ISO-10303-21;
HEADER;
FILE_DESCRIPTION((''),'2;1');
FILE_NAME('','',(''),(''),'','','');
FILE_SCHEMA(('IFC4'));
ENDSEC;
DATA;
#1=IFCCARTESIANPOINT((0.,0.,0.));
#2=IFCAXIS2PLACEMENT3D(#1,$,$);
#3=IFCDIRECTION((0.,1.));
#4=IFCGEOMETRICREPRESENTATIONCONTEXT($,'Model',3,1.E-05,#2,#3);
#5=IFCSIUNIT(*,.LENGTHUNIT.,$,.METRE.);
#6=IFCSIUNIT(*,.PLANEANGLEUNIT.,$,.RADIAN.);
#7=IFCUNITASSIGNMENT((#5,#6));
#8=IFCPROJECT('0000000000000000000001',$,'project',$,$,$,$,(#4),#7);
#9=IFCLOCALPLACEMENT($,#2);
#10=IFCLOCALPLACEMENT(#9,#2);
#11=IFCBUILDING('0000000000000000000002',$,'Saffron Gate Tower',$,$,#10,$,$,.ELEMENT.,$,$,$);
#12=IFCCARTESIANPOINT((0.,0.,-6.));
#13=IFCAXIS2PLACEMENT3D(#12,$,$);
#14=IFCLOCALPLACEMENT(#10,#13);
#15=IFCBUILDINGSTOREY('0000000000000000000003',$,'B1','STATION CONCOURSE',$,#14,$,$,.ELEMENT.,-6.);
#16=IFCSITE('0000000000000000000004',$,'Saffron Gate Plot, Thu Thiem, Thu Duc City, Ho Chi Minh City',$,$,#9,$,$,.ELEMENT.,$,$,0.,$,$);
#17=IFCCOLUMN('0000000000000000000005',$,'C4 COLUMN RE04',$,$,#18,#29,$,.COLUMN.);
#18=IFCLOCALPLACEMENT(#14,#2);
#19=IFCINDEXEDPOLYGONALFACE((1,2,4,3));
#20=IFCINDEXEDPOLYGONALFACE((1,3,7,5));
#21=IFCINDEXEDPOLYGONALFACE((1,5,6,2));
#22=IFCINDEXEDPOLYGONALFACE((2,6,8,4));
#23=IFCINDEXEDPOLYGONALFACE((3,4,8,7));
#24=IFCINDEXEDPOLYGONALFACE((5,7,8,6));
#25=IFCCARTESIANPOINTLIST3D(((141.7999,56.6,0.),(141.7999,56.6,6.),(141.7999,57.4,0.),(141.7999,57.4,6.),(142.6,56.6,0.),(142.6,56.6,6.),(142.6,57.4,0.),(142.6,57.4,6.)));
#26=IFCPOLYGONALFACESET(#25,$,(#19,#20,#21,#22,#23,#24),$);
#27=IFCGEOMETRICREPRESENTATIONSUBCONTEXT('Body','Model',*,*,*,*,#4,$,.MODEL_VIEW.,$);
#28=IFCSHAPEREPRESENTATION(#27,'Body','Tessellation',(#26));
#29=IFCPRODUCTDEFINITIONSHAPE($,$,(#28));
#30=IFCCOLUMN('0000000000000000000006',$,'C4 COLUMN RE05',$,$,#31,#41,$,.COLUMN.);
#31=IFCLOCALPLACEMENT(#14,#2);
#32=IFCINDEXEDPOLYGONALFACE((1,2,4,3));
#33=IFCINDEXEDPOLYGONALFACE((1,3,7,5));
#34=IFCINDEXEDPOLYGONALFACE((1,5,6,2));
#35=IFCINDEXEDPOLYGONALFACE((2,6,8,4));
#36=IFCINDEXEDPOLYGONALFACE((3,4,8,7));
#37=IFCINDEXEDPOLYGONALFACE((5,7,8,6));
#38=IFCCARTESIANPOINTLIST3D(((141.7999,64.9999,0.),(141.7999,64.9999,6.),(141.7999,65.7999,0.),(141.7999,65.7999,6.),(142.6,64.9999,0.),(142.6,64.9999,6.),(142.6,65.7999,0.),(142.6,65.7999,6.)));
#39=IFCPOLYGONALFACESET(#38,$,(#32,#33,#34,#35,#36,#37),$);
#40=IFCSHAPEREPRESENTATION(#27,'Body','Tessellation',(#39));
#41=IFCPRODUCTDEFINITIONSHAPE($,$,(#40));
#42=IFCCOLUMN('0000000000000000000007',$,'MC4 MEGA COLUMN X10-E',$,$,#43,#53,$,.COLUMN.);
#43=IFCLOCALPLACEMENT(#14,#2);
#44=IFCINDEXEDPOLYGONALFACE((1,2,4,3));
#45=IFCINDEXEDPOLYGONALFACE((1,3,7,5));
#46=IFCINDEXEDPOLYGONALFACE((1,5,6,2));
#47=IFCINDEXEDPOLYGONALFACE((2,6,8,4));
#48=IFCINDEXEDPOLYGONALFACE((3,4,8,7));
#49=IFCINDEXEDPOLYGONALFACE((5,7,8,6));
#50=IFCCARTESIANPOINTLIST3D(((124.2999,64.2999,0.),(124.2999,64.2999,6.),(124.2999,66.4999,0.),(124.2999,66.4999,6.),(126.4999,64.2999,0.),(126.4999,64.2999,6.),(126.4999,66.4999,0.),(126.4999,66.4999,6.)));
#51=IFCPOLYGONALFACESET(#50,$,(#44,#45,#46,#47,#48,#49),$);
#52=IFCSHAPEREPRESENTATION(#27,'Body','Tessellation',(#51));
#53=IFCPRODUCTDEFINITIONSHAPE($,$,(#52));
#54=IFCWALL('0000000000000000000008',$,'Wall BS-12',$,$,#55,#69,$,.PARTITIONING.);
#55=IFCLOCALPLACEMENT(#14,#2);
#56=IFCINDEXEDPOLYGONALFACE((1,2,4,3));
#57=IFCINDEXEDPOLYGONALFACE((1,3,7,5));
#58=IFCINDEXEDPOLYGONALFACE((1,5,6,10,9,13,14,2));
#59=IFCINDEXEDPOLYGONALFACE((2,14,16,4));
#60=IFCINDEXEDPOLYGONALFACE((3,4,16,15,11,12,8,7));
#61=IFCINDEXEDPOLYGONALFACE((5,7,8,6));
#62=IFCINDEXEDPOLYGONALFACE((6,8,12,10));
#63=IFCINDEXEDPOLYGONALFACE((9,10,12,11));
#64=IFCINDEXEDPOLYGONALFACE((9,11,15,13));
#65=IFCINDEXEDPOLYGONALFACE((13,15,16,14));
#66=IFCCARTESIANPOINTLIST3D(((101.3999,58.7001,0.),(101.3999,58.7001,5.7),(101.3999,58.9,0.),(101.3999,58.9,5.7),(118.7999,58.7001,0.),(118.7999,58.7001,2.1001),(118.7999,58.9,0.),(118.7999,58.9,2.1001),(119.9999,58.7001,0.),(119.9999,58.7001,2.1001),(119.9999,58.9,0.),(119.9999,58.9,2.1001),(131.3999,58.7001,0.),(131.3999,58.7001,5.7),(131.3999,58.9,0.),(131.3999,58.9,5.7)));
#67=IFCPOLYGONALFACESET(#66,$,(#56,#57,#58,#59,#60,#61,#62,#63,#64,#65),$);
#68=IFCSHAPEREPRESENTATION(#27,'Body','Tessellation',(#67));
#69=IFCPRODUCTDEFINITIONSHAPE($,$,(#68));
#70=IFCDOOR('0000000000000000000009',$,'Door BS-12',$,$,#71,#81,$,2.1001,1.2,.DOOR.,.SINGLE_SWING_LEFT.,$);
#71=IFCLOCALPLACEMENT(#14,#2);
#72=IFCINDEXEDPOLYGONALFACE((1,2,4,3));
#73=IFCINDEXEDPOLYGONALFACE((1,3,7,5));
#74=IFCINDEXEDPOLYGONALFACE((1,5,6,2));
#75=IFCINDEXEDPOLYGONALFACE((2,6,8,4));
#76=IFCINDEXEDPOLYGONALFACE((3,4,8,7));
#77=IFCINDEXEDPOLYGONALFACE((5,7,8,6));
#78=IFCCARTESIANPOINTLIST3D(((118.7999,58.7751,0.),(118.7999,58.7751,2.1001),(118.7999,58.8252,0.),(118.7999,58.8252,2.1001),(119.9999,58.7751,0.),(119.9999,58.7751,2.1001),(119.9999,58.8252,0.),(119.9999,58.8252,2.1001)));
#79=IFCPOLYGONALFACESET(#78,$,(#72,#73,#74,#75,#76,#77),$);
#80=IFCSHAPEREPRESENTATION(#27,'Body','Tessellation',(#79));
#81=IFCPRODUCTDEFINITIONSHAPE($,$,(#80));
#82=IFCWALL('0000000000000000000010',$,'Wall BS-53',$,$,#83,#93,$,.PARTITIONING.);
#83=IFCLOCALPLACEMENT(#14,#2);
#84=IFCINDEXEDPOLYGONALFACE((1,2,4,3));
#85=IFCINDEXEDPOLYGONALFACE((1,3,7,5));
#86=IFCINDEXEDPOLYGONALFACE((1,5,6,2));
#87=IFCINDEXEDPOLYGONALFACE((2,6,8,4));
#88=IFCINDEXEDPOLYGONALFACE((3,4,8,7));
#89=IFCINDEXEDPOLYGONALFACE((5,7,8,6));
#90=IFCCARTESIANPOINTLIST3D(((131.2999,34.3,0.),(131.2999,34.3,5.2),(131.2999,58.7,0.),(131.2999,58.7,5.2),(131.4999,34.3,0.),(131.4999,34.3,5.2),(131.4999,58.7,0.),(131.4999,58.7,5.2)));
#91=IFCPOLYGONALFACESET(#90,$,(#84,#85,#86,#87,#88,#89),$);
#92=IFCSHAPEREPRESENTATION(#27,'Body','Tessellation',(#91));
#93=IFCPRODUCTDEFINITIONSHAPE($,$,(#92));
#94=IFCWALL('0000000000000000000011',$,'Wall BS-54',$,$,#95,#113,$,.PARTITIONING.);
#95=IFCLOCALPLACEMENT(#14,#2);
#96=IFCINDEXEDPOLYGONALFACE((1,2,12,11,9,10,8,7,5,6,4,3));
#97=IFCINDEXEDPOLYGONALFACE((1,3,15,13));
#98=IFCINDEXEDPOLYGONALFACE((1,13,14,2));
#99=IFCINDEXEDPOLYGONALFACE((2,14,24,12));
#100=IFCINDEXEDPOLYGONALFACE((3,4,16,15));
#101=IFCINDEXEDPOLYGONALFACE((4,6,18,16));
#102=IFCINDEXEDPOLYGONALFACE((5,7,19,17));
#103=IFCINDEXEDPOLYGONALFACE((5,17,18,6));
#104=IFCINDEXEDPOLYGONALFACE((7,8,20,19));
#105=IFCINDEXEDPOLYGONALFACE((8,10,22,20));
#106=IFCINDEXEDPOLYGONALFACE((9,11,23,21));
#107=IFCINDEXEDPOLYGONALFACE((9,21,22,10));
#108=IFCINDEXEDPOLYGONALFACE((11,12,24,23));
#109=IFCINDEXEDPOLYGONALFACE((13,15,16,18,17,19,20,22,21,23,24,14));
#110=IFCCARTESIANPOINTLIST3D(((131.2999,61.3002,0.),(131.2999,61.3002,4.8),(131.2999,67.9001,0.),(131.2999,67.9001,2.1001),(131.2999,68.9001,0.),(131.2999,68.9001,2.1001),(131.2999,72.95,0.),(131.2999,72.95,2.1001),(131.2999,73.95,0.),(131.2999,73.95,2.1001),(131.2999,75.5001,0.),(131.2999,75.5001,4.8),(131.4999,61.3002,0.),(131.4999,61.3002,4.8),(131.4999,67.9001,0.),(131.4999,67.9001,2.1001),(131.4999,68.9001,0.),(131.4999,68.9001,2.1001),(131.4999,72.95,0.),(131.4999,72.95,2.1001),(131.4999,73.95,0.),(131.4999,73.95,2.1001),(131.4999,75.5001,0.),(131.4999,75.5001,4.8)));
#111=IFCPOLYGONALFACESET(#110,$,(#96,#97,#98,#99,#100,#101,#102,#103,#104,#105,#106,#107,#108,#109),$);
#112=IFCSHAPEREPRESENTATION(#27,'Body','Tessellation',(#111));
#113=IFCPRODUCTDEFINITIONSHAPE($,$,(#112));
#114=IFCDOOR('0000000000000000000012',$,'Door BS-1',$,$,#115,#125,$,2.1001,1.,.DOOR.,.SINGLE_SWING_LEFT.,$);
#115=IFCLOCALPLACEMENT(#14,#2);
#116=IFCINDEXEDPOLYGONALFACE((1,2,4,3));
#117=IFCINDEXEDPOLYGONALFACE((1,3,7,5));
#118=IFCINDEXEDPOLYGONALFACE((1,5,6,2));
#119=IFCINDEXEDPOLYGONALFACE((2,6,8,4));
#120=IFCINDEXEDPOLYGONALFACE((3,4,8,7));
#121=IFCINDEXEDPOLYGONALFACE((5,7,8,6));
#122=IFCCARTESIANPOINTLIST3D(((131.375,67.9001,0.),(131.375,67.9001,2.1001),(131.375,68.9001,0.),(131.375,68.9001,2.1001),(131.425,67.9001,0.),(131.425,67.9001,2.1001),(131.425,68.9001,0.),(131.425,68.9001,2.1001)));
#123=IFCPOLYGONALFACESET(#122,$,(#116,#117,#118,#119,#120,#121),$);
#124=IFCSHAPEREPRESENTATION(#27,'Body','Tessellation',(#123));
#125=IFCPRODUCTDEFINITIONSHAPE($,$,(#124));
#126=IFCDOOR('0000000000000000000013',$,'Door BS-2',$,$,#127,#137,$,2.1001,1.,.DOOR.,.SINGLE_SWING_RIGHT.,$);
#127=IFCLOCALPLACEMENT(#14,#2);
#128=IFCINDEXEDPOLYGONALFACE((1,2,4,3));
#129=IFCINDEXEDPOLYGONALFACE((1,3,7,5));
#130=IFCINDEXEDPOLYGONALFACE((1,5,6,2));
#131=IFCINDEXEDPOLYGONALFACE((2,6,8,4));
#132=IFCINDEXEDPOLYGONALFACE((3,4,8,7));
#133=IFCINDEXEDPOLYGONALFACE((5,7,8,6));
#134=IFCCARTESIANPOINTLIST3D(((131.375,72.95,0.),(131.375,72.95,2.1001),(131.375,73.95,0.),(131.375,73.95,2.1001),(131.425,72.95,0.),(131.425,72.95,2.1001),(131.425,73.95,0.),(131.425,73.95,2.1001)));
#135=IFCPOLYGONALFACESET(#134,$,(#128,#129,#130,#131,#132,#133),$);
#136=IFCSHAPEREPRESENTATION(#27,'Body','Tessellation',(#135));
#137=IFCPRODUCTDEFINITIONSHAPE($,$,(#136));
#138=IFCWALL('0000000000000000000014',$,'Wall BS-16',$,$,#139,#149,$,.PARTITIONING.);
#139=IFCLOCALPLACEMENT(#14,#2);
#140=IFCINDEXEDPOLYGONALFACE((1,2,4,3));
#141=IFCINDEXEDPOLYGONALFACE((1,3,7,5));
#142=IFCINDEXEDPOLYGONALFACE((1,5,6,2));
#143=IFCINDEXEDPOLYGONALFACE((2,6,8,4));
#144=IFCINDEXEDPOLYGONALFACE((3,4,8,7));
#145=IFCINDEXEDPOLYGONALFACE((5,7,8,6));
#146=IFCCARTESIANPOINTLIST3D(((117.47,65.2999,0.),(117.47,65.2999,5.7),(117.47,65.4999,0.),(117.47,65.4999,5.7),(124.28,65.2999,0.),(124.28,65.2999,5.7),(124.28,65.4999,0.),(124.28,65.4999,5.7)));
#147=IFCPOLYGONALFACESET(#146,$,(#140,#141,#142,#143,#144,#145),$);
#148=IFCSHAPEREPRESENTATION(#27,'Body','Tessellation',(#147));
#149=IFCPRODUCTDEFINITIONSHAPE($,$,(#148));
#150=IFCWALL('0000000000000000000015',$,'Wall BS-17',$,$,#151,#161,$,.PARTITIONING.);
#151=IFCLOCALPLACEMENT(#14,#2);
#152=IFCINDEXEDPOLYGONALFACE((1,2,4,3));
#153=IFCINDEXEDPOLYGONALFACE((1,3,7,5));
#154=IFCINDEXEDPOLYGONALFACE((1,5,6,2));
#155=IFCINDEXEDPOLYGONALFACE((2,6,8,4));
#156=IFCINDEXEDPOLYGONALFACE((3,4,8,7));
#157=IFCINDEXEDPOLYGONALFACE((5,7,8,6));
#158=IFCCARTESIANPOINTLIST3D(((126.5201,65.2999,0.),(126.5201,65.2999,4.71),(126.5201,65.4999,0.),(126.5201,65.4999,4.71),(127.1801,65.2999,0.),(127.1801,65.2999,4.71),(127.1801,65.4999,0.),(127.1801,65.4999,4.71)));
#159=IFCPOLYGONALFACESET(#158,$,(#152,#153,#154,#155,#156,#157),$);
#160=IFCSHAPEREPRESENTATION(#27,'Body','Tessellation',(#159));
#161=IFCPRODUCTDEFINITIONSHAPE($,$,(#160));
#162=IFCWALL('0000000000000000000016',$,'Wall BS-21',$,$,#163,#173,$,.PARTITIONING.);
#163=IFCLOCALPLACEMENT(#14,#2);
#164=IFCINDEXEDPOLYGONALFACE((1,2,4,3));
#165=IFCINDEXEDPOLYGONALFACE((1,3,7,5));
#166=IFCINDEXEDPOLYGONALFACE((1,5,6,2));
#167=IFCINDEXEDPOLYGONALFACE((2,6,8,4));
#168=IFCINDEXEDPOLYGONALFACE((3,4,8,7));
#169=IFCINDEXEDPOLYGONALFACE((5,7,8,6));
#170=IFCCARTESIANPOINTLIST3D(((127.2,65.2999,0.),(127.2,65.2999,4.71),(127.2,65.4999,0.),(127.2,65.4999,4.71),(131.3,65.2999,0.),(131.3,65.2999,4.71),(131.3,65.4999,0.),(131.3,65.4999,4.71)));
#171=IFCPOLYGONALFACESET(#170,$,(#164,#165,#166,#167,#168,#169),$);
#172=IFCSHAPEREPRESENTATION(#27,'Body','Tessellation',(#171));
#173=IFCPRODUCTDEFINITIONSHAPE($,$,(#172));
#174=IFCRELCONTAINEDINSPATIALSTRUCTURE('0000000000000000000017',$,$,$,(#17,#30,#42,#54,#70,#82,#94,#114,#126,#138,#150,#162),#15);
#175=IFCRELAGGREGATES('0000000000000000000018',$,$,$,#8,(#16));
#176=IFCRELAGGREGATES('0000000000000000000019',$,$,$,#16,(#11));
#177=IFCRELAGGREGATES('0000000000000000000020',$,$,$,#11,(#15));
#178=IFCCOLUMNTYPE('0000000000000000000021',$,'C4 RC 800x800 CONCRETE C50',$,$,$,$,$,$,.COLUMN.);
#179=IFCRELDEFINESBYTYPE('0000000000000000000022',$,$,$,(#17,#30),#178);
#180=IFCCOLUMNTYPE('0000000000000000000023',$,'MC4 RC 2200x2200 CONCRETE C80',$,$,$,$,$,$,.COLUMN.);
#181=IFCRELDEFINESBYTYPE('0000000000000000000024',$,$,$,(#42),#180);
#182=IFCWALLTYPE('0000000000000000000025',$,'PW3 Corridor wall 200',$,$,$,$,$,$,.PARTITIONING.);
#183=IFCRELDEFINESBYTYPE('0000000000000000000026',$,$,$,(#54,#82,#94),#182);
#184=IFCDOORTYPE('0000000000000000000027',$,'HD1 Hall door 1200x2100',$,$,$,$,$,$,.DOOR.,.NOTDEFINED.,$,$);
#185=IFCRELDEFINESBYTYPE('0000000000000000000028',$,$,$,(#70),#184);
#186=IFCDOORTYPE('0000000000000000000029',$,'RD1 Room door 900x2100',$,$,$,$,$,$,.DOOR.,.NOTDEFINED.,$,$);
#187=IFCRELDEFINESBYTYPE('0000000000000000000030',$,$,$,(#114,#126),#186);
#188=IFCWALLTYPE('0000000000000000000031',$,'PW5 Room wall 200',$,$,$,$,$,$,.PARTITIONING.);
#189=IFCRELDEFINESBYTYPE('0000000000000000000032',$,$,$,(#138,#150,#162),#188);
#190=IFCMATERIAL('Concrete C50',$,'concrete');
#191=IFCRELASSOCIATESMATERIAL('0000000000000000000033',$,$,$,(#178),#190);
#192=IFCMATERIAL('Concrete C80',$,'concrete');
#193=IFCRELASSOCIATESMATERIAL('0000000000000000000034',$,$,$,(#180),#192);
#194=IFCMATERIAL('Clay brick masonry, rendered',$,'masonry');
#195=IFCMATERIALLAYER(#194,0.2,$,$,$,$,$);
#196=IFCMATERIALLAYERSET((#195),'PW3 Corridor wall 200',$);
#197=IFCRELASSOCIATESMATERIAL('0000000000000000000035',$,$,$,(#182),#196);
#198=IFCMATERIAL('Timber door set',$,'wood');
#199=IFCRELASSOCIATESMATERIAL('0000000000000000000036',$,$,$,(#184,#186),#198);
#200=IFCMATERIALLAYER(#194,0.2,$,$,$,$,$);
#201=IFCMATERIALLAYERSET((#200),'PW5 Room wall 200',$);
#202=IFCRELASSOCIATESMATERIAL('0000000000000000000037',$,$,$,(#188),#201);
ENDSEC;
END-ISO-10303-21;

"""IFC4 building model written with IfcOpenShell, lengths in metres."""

from ifc_helpers import new_model, si_unit, direction, frame, frame_2d, origin, origin_2d, place, context, subcontext, project, spatial, rectangle, extrude, material, layer, layer_set, material_profile, profile_set, type_object, element, fill, save


model = new_model("IFC4")

# Units and contexts
model_context = context("Model", 3, precision=1e-05, world=origin(), true_north=direction((0.0, 1.0)))
body_context = subcontext(model_context, "Body", "Model", "MODEL_VIEW")
ifc_project = project(units=[si_unit("LENGTHUNIT", "METRE"), si_unit("PLANEANGLEUNIT", "RADIAN")], contexts=[model_context])

# Site, building, storey
site_placement = place(None, origin())
site = spatial("IfcSite", under=ifc_project, at=site_placement, Name="Saffron Gate Plot, Thu Thiem, Thu Duc City, Ho Chi Minh City", CompositionType="ELEMENT", RefElevation=0.0)
building_placement = place(site_placement, origin())
building = spatial("IfcBuilding", under=site, at=building_placement, Name="Saffron Gate Tower", CompositionType="ELEMENT")
storey_placement = place(building_placement, frame((0.0, 0.0, -6.0)))
storey = spatial("IfcBuildingStorey", under=building, at=storey_placement, Name="B1", Description="STATION CONCOURSE", CompositionType="ELEMENT", Elevation=-6.0)

# Columns
ifc_material_1 = material(Name="Concrete C50", Category="concrete")
ifc_material_profile_1 = material_profile(ifc_material_1, rectangle(XDim=0.8, YDim=0.8, at=origin_2d()))
ifc_profile_set_1 = profile_set([ifc_material_profile_1], Name="Concrete C50")
column_type_1 = type_object("IfcColumnType", Name="C4 RC 800x800 CONCRETE C50", PredefinedType="COLUMN", material=ifc_profile_set_1)
for number, where, z_axis, x_axis, name in (
    (1, (142.2, 57.0, 0.0), (0.0, 0.0, 1.0), (1.0, 0.0, 0.0), "C4 COLUMN RE04"),
    (2, (142.2, 65.3999, 0.0), (0.0, 0.0, 1.0), (1.0, 0.0, 0.0), "C4 COLUMN RE05"),
):
    element("IfcColumn", number, at=place(storey_placement, frame(where, z_axis=z_axis, x_axis=x_axis)), inside=storey, type_object=column_type_1, Name=name, PredefinedType="COLUMN", context=body_context, shape_type="SweptSolid", body=[
        extrude(rectangle(XDim=0.8, YDim=0.8, at=origin_2d()), origin(), (0.0, 0.0, 1.0), 6.0),
    ])
ifc_material_2 = material(Name="Concrete C80", Category="concrete")
ifc_material_profile_2 = material_profile(ifc_material_2, rectangle(XDim=2.2, YDim=2.2, at=origin_2d()))
ifc_profile_set_2 = profile_set([ifc_material_profile_2], Name="Concrete C80")
column_type_2 = type_object("IfcColumnType", Name="MC4 RC 2200x2200 CONCRETE C80", PredefinedType="COLUMN", material=ifc_profile_set_2)
column_placement = place(storey_placement, frame((125.3999, 65.3999, 0.0), z_axis=(0.0, 0.0, 1.0), x_axis=(1.0, 0.0, 0.0)))
element("IfcColumn", 3, at=column_placement, inside=storey, type_object=column_type_2, Name="MC4 MEGA COLUMN X10-E", PredefinedType="COLUMN", context=body_context, shape_type="SweptSolid", body=[
    extrude(rectangle(XDim=2.2, YDim=2.2, at=origin_2d()), origin(), (0.0, 0.0, 1.0), 6.0),
])

# Wall, opening, door
ifc_material_3 = material(Name="Clay brick masonry, rendered", Category="masonry")
ifc_layer_1 = layer(ifc_material_3, 0.2)
ifc_layer_set_1 = layer_set([ifc_layer_1], Name="PW3 Corridor wall 200")
wall_type_1 = type_object("IfcWallType", Name="PW3 Corridor wall 200", PredefinedType="PARTITIONING", material=ifc_layer_set_1)
wall_1_placement = place(storey_placement, frame((131.3999, 58.8, 0.0), z_axis=(0.0, 0.0, 1.0), x_axis=(-1.0, 0.0, 0.0)))
wall_1 = element("IfcWall", 4, at=wall_1_placement, inside=storey, type_object=wall_type_1, Name="Wall BS-12", PredefinedType="PARTITIONING", context=body_context, shape_type="SweptSolid", body=[
    extrude(rectangle(XDim=30.0, YDim=0.2, at=frame_2d((15.0, 0.0))), origin(), (0.0, 0.0, 1.0), 5.7),
])
opening_1_placement = place(wall_1_placement, frame((11.3999, 0.0, 0.0)))
opening_1 = element("IfcOpeningElement", 5, at=opening_1_placement, cuts=wall_1, PredefinedType="OPENING", context=body_context, shape_type="SweptSolid", body=[
    extrude(rectangle(XDim=1.2, YDim=2.1001, at=frame_2d((0.6001, 1.05))), frame((0.0, 0.1099, 0.0), z_axis=(0.0, -1.0, 0.0), x_axis=(1.0, 0.0, 0.0)), (0.0, 0.0, 1.0), 0.22),
])
ifc_material_4 = material(Name="Timber door set", Category="wood")
door_type_1 = type_object("IfcDoorType", Name="HD1 Hall door 1200x2100", OperationType="NOTDEFINED", PredefinedType="DOOR", material=ifc_material_4)
door_1_placement = place(opening_1_placement, origin())
door_1 = element("IfcDoor", 6, at=door_1_placement, inside=storey, type_object=door_type_1, Name="Door BS-12", OperationType="SINGLE_SWING_LEFT", OverallHeight=2.1001, OverallWidth=1.2, PredefinedType="DOOR", context=body_context, shape_type="SweptSolid", body=[
    extrude(rectangle(XDim=1.2, YDim=2.1001, at=frame_2d((0.6001, 1.05))), frame((0.0, 0.0249, 0.0), z_axis=(0.0, -1.0, 0.0), x_axis=(1.0, 0.0, 0.0)), (0.0, 0.0, 1.0), 0.05),
])
fill(opening_1, door_1)

# Wall
wall_2_placement = place(storey_placement, frame((131.3999, 58.7, 0.0), z_axis=(0.0, 0.0, 1.0), x_axis=(0.0, -1.0, 0.0)))
element("IfcWall", 7, at=wall_2_placement, inside=storey, type_object=wall_type_1, Name="Wall BS-53", PredefinedType="PARTITIONING", context=body_context, shape_type="SweptSolid", body=[
    extrude(rectangle(XDim=24.3999, YDim=0.2, at=frame_2d((12.2, 0.0))), origin(), (0.0, 0.0, 1.0), 5.2),
])

# Wall, openings, doors
wall_3_placement = place(storey_placement, frame((131.3999, 61.3, 0.0), z_axis=(0.0, 0.0, 1.0), x_axis=(0.0, 1.0, 0.0)))
wall_3 = element("IfcWall", 8, at=wall_3_placement, inside=storey, type_object=wall_type_1, Name="Wall BS-54", PredefinedType="PARTITIONING", context=body_context, shape_type="SweptSolid", body=[
    extrude(rectangle(XDim=14.2, YDim=0.2, at=frame_2d((7.1001, 0.0))), origin(), (0.0, 0.0, 1.0), 4.8),
])
opening_2_placement = place(wall_3_placement, frame((6.6001, 0.0, 0.0)))
opening_2 = element("IfcOpeningElement", 9, at=opening_2_placement, cuts=wall_3, PredefinedType="OPENING", context=body_context, shape_type="SweptSolid", body=[
    extrude(rectangle(XDim=1.0, YDim=2.1001, at=frame_2d((0.5, 1.05))), frame((0.0, 0.1099, 0.0), z_axis=(0.0, -1.0, 0.0), x_axis=(1.0, 0.0, 0.0)), (0.0, 0.0, 1.0), 0.22),
])
opening_3_placement = place(wall_3_placement, frame((11.6499, 0.0, 0.0)))
opening_3 = element("IfcOpeningElement", 10, at=opening_3_placement, cuts=wall_3, PredefinedType="OPENING", context=body_context, shape_type="SweptSolid", body=[
    extrude(rectangle(XDim=1.0, YDim=2.1001, at=frame_2d((0.5, 1.05))), frame((0.0, 0.1099, 0.0), z_axis=(0.0, -1.0, 0.0), x_axis=(1.0, 0.0, 0.0)), (0.0, 0.0, 1.0), 0.22),
])
door_type_2 = type_object("IfcDoorType", Name="RD1 Room door 900x2100", OperationType="NOTDEFINED", PredefinedType="DOOR", material=ifc_material_4)
door_2_placement = place(opening_2_placement, origin())
door_2 = element("IfcDoor", 11, at=door_2_placement, inside=storey, type_object=door_type_2, Name="Door BS-1", OperationType="SINGLE_SWING_LEFT", OverallHeight=2.1001, OverallWidth=1.0, PredefinedType="DOOR", context=body_context, shape_type="SweptSolid", body=[
    extrude(rectangle(XDim=1.0, YDim=2.1001, at=frame_2d((0.5, 1.05))), frame((0.0, 0.0249, 0.0), z_axis=(0.0, -1.0, 0.0), x_axis=(1.0, 0.0, 0.0)), (0.0, 0.0, 1.0), 0.05),
])
fill(opening_2, door_2)
door_3_placement = place(opening_3_placement, origin())
door_3 = element("IfcDoor", 12, at=door_3_placement, inside=storey, type_object=door_type_2, Name="Door BS-2", OperationType="SINGLE_SWING_RIGHT", OverallHeight=2.1001, OverallWidth=1.0, PredefinedType="DOOR", context=body_context, shape_type="SweptSolid", body=[
    extrude(rectangle(XDim=1.0, YDim=2.1001, at=frame_2d((0.5, 1.05))), frame((0.0, 0.0249, 0.0), z_axis=(0.0, -1.0, 0.0), x_axis=(1.0, 0.0, 0.0)), (0.0, 0.0, 1.0), 0.05),
])
fill(opening_3, door_3)

# Walls
ifc_layer_2 = layer(ifc_material_3, 0.2)
ifc_layer_set_2 = layer_set([ifc_layer_2], Name="PW5 Room wall 200")
wall_type_2 = type_object("IfcWallType", Name="PW5 Room wall 200", PredefinedType="PARTITIONING", material=ifc_layer_set_2)
wall_4_placement = place(storey_placement, frame((117.47, 65.3999, 0.0), z_axis=(0.0, 0.0, 1.0), x_axis=(1.0, 0.0, 0.0)))
element("IfcWall", 13, at=wall_4_placement, inside=storey, type_object=wall_type_2, Name="Wall BS-16", PredefinedType="PARTITIONING", context=body_context, shape_type="SweptSolid", body=[
    extrude(rectangle(XDim=6.8101, YDim=0.2, at=frame_2d((3.405, 0.0))), origin(), (0.0, 0.0, 1.0), 5.7),
])
wall_5_placement = place(storey_placement, frame((126.52, 65.3999, 0.0), z_axis=(0.0, 0.0, 1.0), x_axis=(1.0, 0.0, 0.0)))
element("IfcWall", 14, at=wall_5_placement, inside=storey, type_object=wall_type_2, Name="Wall BS-17", PredefinedType="PARTITIONING", context=body_context, shape_type="SweptSolid", body=[
    extrude(rectangle(XDim=0.6599, YDim=0.2, at=frame_2d((0.3301, 0.0))), origin(), (0.0, 0.0, 1.0), 4.71),
])
wall_6_placement = place(storey_placement, frame((127.2, 65.3999, 0.0), z_axis=(0.0, 0.0, 1.0), x_axis=(1.0, 0.0, 0.0)))
element("IfcWall", 15, at=wall_6_placement, inside=storey, type_object=wall_type_2, Name="Wall BS-21", PredefinedType="PARTITIONING", context=body_context, shape_type="SweptSolid", body=[
    extrude(rectangle(XDim=4.1001, YDim=0.2, at=frame_2d((2.05, 0.0))), origin(), (0.0, 0.0, 1.0), 4.71),
])

save(model, "model.ifc")
